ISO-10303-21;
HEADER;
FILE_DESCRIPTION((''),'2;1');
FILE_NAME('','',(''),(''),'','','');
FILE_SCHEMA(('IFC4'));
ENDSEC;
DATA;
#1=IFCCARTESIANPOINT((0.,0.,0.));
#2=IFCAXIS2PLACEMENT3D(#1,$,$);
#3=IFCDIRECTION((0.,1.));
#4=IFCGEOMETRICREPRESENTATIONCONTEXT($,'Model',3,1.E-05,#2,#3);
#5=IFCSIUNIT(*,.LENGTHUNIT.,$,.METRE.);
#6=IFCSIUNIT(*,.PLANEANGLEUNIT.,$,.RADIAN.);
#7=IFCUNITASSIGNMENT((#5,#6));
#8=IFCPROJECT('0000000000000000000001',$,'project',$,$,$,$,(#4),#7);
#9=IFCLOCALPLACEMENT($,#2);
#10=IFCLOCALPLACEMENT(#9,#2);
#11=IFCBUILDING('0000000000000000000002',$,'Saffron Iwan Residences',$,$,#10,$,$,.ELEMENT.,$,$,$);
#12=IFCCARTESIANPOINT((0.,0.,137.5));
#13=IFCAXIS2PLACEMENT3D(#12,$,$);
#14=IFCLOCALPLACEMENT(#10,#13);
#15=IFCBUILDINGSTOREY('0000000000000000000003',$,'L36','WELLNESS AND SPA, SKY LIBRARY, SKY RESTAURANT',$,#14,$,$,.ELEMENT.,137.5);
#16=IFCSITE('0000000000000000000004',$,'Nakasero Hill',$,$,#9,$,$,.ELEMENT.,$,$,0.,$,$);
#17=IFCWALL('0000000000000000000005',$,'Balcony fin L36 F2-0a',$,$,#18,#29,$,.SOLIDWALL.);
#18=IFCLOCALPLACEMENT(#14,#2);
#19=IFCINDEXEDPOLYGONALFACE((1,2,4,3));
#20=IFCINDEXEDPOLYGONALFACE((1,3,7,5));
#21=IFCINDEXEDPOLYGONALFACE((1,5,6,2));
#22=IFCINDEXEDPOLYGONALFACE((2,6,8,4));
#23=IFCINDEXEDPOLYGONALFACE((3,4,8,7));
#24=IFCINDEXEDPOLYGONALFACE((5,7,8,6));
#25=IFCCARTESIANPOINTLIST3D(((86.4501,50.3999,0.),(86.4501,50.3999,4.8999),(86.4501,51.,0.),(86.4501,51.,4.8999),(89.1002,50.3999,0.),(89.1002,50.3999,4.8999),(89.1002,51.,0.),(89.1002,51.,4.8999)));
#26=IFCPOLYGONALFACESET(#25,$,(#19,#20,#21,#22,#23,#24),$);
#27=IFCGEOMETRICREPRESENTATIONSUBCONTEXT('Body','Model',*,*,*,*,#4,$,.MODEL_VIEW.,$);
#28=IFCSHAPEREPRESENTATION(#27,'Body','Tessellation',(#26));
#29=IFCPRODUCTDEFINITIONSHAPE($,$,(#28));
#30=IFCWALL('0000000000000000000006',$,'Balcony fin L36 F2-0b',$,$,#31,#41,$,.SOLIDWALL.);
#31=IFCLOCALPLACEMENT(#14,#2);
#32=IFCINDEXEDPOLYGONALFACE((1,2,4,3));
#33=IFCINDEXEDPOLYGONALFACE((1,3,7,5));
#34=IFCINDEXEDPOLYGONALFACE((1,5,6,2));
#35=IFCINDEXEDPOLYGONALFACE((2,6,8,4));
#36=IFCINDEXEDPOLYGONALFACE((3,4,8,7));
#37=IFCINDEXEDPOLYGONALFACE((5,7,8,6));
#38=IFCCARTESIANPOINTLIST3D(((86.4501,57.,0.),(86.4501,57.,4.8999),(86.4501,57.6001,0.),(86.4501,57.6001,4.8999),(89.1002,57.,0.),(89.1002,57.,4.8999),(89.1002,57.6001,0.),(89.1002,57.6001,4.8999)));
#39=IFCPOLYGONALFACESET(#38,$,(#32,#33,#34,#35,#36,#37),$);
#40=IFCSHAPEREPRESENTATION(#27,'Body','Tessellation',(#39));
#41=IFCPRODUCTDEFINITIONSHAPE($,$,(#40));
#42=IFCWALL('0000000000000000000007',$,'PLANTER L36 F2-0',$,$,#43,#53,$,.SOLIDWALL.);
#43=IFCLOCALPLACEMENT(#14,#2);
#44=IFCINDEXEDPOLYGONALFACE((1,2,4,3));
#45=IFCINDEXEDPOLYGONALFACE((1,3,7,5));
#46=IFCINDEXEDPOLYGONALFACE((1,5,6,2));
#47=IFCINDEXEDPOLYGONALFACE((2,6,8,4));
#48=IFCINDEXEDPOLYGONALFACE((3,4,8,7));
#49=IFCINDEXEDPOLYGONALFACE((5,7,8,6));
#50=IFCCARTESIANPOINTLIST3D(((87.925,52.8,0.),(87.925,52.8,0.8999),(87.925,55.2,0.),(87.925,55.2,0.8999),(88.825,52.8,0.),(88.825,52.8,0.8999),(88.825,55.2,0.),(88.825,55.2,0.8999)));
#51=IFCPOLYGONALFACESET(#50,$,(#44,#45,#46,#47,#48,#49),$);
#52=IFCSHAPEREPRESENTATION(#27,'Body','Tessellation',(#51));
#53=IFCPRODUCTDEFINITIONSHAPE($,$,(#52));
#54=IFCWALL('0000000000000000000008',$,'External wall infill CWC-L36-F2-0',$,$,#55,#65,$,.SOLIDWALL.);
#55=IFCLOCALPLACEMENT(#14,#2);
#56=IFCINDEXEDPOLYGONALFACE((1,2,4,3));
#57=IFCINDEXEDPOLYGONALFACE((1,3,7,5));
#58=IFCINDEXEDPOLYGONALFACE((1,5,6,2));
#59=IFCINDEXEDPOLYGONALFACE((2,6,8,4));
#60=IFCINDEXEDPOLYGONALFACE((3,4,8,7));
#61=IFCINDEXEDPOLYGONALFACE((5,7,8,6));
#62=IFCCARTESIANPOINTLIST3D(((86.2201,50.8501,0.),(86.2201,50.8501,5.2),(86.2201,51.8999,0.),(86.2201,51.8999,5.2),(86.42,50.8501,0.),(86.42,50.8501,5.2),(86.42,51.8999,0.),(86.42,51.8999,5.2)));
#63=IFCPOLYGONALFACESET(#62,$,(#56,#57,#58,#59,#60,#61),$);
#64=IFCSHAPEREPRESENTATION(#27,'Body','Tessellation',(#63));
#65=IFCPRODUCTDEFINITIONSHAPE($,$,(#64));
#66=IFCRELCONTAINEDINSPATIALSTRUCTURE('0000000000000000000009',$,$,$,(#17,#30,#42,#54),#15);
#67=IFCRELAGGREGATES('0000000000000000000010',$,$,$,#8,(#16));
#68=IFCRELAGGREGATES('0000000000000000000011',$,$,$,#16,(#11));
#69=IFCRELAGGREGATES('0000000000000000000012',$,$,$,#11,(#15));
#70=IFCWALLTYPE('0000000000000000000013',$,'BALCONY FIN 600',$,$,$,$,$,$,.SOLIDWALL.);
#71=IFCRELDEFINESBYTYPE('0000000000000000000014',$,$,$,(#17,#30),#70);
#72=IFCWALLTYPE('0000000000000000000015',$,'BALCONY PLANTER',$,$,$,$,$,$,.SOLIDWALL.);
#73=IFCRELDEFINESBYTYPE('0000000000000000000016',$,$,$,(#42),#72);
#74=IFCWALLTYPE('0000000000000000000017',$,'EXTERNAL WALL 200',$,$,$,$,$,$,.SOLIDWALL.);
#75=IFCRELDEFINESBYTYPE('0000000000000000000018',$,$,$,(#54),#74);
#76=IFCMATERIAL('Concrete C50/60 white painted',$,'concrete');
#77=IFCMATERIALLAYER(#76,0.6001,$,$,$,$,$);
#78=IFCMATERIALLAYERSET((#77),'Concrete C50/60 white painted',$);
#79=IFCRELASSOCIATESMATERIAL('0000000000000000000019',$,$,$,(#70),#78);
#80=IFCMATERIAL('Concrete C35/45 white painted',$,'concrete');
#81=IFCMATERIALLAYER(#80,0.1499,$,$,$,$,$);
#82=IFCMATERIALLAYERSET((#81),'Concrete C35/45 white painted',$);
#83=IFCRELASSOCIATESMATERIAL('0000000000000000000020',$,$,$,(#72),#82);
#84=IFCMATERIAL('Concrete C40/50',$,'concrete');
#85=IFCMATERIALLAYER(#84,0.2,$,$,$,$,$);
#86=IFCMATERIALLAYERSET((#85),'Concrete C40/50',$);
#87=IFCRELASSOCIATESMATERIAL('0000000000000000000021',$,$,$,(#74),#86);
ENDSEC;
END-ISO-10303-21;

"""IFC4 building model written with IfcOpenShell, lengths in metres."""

from ifc_helpers import new_model, si_unit, direction, frame, frame_2d, origin, place, context, subcontext, project, spatial, rectangle, extrude, material, layer, layer_set, type_object, element, save


model = new_model("IFC4")

# Units and contexts
model_context = context("Model", 3, precision=1e-05, world=origin(), true_north=direction((0.0, 1.0)))
body_context = subcontext(model_context, "Body", "Model", "MODEL_VIEW")
ifc_project = project(units=[si_unit("LENGTHUNIT", "METRE"), si_unit("PLANEANGLEUNIT", "RADIAN")], contexts=[model_context])

# Site, building, storey
site_placement = place(None, origin())
site = spatial("IfcSite", under=ifc_project, at=site_placement, Name="Nakasero Hill", CompositionType="ELEMENT", RefElevation=0.0)
building_placement = place(site_placement, origin())
building = spatial("IfcBuilding", under=site, at=building_placement, Name="Saffron Iwan Residences", CompositionType="ELEMENT")
storey_placement = place(building_placement, frame((0.0, 0.0, 137.5)))
storey = spatial("IfcBuildingStorey", under=building, at=storey_placement, Name="L36", Description="WELLNESS AND SPA, SKY LIBRARY, SKY RESTAURANT", CompositionType="ELEMENT", Elevation=137.5)

# Shared definitions
ifc_material_1 = material(Name="Concrete C50/60 white painted", Category="concrete")

# Walls
ifc_layer_1 = layer(ifc_material_1, 0.6001)
ifc_layer_set_1 = layer_set([ifc_layer_1], Name="Concrete C50/60 white painted")
wall_type_1 = type_object("IfcWallType", Name="BALCONY FIN 600", PredefinedType="SOLIDWALL", material=ifc_layer_set_1)
for number, where, z_axis, x_axis, name in (
    (1, (86.45, 50.7, 0.0), (0.0, 0.0, 1.0), (1.0, 0.0, 0.0), "Balcony fin L36 F2-0a"),
    (2, (86.45, 57.3, 0.0), (0.0, 0.0, 1.0), (1.0, 0.0, 0.0), "Balcony fin L36 F2-0b"),
):
    element("IfcWall", number, at=place(storey_placement, frame(where, z_axis=z_axis, x_axis=x_axis)), inside=storey, type_object=wall_type_1, Name=name, PredefinedType="SOLIDWALL", context=body_context, shape_type="SweptSolid", body=[
        extrude(rectangle(XDim=2.6501, YDim=0.6001, at=frame_2d((1.3252, 0.0))), origin(), (0.0, 0.0, 1.0), 4.8999),
    ])
ifc_material_2 = material(Name="Concrete C35/45 white painted", Category="concrete")
ifc_layer_2 = layer(ifc_material_2, 0.1499)
ifc_layer_set_2 = layer_set([ifc_layer_2], Name="Concrete C35/45 white painted")
wall_type_2 = type_object("IfcWallType", Name="BALCONY PLANTER", PredefinedType="SOLIDWALL", material=ifc_layer_set_2)
wall_1_placement = place(storey_placement, frame((88.375, 52.8, 0.0), z_axis=(0.0, 0.0, 1.0), x_axis=(0.0, 1.0, 0.0)))
element("IfcWall", 3, at=wall_1_placement, inside=storey, type_object=wall_type_2, Name="PLANTER L36 F2-0", PredefinedType="SOLIDWALL", context=body_context, shape_type="SweptSolid", body=[
    extrude(rectangle(XDim=2.3999, YDim=0.8999, at=frame_2d((1.2, 0.0))), origin(), (0.0, 0.0, 1.0), 0.8999),
])

# Shared definitions
ifc_material_3 = material(Name="Concrete C40/50", Category="concrete")
ifc_layer_3 = layer(ifc_material_3, 0.2)
ifc_layer_set_3 = layer_set([ifc_layer_3], Name="Concrete C40/50")
wall_type_3 = type_object("IfcWallType", Name="EXTERNAL WALL 200", PredefinedType="SOLIDWALL", material=ifc_layer_set_3)

# Wall
wall_2_placement = place(storey_placement, frame((86.3201, 50.8501, 0.0), z_axis=(0.0, 0.0, 1.0), x_axis=(0.0, 1.0, 0.0)))
element("IfcWall", 4, at=wall_2_placement, inside=storey, type_object=wall_type_3, Name="External wall infill CWC-L36-F2-0", PredefinedType="SOLIDWALL", context=body_context, shape_type="SweptSolid", body=[
    extrude(rectangle(XDim=1.0498, YDim=0.2, at=frame_2d((0.5249, 0.0))), origin(), (0.0, 0.0, 1.0), 5.2),
])

save(model, "model.ifc")
